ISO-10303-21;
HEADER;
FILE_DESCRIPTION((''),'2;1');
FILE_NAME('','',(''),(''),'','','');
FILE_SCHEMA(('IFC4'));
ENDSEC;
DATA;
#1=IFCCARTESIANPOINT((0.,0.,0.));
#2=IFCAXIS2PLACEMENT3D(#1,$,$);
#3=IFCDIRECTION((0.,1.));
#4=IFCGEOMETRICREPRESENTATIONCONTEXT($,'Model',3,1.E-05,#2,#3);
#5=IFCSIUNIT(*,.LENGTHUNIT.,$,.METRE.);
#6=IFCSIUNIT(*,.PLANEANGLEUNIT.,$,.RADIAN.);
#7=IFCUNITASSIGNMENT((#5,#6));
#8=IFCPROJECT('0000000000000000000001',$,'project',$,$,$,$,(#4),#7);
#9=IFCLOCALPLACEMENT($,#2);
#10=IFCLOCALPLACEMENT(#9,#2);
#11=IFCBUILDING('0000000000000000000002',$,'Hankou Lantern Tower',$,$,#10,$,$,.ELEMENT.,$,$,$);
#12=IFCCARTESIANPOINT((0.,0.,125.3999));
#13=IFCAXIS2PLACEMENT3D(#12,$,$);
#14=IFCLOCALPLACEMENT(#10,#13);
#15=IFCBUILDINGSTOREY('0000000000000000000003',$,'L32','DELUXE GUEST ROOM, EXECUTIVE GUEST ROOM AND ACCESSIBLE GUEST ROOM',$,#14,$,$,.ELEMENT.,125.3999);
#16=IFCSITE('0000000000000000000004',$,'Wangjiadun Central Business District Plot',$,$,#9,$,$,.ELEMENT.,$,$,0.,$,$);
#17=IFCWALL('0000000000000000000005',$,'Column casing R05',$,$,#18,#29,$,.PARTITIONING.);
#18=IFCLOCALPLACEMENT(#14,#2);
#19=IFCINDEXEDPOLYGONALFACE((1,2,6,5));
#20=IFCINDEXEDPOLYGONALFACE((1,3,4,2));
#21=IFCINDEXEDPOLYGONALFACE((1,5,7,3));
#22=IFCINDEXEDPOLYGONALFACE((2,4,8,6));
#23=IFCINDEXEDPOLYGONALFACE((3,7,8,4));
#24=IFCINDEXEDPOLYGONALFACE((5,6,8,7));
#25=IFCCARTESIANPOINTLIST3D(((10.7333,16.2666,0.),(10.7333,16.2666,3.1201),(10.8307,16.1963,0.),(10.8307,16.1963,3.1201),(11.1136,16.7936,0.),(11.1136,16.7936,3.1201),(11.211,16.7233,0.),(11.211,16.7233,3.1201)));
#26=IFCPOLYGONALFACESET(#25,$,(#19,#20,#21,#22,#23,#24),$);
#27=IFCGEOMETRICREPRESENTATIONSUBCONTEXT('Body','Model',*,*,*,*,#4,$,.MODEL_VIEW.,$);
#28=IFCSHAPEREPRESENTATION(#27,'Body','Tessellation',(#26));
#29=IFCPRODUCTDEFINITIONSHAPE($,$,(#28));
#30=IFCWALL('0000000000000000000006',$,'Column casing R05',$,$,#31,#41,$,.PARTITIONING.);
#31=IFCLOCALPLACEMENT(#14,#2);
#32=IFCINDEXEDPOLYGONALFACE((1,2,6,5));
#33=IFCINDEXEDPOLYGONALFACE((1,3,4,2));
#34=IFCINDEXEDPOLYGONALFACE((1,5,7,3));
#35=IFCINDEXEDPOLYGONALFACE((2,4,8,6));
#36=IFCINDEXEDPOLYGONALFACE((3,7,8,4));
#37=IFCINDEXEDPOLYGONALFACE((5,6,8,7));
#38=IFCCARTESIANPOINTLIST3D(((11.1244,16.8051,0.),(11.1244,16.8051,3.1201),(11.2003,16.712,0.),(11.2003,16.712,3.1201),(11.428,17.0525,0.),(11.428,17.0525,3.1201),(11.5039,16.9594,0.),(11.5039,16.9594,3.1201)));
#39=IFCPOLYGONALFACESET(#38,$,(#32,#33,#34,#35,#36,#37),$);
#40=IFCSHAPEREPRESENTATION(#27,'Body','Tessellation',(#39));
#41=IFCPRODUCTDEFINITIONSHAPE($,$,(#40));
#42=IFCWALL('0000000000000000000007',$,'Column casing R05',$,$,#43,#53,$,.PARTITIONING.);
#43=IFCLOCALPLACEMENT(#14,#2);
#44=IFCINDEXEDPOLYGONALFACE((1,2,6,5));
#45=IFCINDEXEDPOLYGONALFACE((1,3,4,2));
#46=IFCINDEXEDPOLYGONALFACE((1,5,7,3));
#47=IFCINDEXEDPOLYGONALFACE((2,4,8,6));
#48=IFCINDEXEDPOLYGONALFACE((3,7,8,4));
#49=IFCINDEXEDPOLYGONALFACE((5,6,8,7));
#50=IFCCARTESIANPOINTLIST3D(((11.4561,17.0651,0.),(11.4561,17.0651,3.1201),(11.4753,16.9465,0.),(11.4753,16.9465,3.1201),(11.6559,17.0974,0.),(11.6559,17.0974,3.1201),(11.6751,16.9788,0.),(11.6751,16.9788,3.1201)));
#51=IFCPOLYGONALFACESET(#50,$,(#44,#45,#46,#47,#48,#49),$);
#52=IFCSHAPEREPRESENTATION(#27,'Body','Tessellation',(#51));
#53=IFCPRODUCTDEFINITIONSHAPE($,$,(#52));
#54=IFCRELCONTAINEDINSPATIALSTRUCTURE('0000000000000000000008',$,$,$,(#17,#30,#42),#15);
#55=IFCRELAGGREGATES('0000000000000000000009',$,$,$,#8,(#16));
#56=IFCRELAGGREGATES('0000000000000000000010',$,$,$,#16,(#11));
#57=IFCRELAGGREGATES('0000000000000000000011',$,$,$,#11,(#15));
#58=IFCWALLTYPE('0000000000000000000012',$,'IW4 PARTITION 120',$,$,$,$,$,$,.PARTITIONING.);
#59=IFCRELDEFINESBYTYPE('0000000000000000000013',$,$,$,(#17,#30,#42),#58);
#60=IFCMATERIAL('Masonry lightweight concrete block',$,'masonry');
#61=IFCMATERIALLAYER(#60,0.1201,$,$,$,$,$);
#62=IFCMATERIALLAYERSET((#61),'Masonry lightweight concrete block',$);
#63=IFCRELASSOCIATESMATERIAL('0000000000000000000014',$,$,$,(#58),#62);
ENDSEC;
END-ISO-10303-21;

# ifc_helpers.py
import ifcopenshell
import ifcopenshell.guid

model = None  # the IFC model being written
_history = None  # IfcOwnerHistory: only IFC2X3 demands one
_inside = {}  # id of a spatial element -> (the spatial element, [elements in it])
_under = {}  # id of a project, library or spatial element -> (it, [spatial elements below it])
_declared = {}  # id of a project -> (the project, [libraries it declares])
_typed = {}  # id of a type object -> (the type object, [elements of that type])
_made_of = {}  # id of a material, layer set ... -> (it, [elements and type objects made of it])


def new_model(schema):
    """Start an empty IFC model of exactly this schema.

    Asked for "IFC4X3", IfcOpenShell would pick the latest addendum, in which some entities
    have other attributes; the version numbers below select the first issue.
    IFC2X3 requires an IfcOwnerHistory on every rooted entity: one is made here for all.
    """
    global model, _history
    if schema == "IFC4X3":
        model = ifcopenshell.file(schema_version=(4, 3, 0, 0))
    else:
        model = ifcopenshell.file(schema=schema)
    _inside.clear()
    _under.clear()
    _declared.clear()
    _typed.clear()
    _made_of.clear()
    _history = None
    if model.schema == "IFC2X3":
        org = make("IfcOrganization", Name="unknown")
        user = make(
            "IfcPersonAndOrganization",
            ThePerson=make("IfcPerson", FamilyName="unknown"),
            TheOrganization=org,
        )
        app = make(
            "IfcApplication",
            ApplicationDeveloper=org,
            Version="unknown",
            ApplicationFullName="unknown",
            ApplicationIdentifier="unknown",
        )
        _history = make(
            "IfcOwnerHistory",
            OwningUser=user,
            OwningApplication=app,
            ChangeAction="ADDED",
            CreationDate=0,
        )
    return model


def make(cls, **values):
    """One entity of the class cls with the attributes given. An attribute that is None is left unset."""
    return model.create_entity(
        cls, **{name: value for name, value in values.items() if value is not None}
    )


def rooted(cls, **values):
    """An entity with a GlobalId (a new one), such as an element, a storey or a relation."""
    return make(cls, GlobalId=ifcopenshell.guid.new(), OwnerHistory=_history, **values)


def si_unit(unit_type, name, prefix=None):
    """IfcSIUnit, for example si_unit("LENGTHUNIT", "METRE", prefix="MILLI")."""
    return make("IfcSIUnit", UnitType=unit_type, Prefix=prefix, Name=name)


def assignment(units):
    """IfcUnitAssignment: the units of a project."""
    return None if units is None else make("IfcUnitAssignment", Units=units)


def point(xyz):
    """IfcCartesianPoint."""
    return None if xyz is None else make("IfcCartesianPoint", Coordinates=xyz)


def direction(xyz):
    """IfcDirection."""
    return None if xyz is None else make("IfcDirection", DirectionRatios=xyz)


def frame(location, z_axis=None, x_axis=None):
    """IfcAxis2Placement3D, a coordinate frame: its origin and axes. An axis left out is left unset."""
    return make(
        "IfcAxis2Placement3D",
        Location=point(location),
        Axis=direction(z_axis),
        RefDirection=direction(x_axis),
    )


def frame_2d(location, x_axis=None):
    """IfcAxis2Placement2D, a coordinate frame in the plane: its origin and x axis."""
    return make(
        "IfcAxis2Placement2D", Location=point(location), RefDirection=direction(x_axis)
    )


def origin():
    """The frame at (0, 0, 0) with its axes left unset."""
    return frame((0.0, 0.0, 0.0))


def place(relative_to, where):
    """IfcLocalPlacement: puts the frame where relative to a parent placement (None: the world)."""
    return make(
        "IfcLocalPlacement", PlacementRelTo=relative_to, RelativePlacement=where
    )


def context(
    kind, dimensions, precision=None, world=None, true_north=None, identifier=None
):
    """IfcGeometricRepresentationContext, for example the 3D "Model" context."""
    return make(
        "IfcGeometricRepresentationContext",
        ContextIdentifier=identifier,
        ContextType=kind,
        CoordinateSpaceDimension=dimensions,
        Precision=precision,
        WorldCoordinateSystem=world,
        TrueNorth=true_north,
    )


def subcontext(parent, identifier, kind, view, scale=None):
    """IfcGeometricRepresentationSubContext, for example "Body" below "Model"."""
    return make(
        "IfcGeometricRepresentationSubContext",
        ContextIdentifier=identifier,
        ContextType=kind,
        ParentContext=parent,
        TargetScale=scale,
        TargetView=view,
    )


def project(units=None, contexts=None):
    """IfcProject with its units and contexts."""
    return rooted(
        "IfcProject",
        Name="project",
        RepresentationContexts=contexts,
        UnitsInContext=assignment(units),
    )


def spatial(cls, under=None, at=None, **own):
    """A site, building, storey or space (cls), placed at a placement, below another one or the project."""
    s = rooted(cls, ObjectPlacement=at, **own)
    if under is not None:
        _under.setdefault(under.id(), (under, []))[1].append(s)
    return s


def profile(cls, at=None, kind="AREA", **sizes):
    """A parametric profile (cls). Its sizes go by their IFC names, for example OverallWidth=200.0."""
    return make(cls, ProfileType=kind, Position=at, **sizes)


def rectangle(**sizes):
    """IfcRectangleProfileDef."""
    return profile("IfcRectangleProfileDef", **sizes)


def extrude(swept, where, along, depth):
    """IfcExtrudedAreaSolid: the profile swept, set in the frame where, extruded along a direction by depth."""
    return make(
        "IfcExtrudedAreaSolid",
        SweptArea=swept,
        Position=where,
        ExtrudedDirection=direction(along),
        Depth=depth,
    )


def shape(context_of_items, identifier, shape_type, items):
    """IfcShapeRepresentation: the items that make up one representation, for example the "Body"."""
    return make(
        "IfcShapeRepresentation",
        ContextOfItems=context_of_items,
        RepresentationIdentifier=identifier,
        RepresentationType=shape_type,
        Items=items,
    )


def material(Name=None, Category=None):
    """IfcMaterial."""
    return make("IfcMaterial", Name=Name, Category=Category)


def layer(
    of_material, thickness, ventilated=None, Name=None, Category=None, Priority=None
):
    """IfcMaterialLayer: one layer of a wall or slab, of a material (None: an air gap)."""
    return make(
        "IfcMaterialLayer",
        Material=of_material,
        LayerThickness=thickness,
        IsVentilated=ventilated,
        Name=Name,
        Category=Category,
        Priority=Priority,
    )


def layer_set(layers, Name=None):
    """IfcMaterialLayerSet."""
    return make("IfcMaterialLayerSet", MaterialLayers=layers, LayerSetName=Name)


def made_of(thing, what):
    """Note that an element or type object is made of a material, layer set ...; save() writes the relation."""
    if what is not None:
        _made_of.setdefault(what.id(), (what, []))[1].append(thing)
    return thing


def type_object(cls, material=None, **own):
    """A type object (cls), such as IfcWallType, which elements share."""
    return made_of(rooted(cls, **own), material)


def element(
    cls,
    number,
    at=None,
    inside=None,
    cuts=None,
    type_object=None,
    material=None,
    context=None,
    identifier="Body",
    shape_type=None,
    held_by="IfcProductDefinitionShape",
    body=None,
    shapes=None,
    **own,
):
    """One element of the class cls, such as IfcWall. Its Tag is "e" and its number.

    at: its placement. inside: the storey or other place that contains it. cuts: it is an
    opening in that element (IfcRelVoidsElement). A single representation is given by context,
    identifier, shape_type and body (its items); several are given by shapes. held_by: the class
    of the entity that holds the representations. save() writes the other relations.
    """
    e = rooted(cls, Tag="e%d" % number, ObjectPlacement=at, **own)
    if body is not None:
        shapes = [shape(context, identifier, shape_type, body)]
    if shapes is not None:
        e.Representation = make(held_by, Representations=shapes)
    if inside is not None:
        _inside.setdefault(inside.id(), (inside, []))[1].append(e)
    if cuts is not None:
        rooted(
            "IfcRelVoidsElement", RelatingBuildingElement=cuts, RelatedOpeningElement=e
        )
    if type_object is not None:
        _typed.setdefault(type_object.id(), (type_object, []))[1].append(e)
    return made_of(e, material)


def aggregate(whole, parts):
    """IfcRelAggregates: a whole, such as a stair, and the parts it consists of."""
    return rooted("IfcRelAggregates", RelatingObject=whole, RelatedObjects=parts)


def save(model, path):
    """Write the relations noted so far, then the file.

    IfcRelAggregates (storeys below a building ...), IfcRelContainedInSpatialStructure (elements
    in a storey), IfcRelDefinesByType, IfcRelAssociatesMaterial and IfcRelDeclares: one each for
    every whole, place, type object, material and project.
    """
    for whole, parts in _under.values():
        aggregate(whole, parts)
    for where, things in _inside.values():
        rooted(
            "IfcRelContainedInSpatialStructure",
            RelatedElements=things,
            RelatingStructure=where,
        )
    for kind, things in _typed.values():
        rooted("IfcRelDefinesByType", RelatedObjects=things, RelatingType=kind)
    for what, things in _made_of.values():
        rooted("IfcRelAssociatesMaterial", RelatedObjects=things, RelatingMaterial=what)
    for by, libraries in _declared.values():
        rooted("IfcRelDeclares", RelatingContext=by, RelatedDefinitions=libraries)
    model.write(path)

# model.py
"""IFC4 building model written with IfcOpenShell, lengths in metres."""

from ifc_helpers import new_model, si_unit, direction, frame, frame_2d, origin, place, context, subcontext, project, spatial, rectangle, extrude, material, layer, layer_set, type_object, element, save


model = new_model("IFC4")

# Units and contexts
model_context = context("Model", 3, precision=1e-05, world=origin(), true_north=direction((0.0, 1.0)))
body_context = subcontext(model_context, "Body", "Model", "MODEL_VIEW")
ifc_project = project(units=[si_unit("LENGTHUNIT", "METRE"), si_unit("PLANEANGLEUNIT", "RADIAN")], contexts=[model_context])

# Site, building, storey
site_placement = place(None, origin())
site = spatial("IfcSite", under=ifc_project, at=site_placement, Name="Wangjiadun Central Business District Plot", CompositionType="ELEMENT", RefElevation=0.0)
building_placement = place(site_placement, origin())
building = spatial("IfcBuilding", under=site, at=building_placement, Name="Hankou Lantern Tower", CompositionType="ELEMENT")
storey_placement = place(building_placement, frame((0.0, 0.0, 125.3999)))
storey = spatial("IfcBuildingStorey", under=building, at=storey_placement, Name="L32", Description="DELUXE GUEST ROOM, EXECUTIVE GUEST ROOM AND ACCESSIBLE GUEST ROOM", CompositionType="ELEMENT", Elevation=125.3999)

# Walls
ifc_material_1 = material(Name="Masonry lightweight concrete block", Category="masonry")
ifc_layer_1 = layer(ifc_material_1, 0.1201)
ifc_layer_set_1 = layer_set([ifc_layer_1], Name="Masonry lightweight concrete block")
wall_type_1 = type_object("IfcWallType", Name="IW4 PARTITION 120", PredefinedType="PARTITIONING", material=ifc_layer_set_1)
wall_1_placement = place(storey_placement, frame((10.782, 16.2314, 0.0), z_axis=(0.0, 0.0, 1.0), x_axis=(0.585175, 0.810907, 0.0)))
element("IfcWall", 1, at=wall_1_placement, inside=storey, type_object=wall_type_1, Name="Column casing R05", PredefinedType="PARTITIONING", context=body_context, shape_type="SweptSolid", body=[
    extrude(rectangle(XDim=0.6499, YDim=0.1201, at=frame_2d((0.325, 0.0))), origin(), (0.0, 0.0, 1.0), 3.1201),
])
wall_2_placement = place(storey_placement, frame((11.1624, 16.7585, 0.0), z_axis=(0.0, 0.0, 1.0), x_axis=(0.775178, 0.631742, 0.0)))
element("IfcWall", 2, at=wall_2_placement, inside=storey, type_object=wall_type_1, Name="Column casing R05", PredefinedType="PARTITIONING", context=body_context, shape_type="SweptSolid", body=[
    extrude(rectangle(XDim=0.3916, YDim=0.1201, at=frame_2d((0.1958, 0.0))), origin(), (0.0, 0.0, 1.0), 3.1201),
])
wall_3_placement = place(storey_placement, frame((11.4658, 17.0059, 0.0), z_axis=(0.0, 0.0, 1.0), x_axis=(0.987229, 0.159308, 0.0)))
element("IfcWall", 3, at=wall_3_placement, inside=storey, type_object=wall_type_1, Name="Column casing R05", PredefinedType="PARTITIONING", context=body_context, shape_type="SweptSolid", body=[
    extrude(rectangle(XDim=0.2024, YDim=0.1201, at=frame_2d((0.1011, 0.0))), origin(), (0.0, 0.0, 1.0), 3.1201),
])

save(model, "model.ifc")
